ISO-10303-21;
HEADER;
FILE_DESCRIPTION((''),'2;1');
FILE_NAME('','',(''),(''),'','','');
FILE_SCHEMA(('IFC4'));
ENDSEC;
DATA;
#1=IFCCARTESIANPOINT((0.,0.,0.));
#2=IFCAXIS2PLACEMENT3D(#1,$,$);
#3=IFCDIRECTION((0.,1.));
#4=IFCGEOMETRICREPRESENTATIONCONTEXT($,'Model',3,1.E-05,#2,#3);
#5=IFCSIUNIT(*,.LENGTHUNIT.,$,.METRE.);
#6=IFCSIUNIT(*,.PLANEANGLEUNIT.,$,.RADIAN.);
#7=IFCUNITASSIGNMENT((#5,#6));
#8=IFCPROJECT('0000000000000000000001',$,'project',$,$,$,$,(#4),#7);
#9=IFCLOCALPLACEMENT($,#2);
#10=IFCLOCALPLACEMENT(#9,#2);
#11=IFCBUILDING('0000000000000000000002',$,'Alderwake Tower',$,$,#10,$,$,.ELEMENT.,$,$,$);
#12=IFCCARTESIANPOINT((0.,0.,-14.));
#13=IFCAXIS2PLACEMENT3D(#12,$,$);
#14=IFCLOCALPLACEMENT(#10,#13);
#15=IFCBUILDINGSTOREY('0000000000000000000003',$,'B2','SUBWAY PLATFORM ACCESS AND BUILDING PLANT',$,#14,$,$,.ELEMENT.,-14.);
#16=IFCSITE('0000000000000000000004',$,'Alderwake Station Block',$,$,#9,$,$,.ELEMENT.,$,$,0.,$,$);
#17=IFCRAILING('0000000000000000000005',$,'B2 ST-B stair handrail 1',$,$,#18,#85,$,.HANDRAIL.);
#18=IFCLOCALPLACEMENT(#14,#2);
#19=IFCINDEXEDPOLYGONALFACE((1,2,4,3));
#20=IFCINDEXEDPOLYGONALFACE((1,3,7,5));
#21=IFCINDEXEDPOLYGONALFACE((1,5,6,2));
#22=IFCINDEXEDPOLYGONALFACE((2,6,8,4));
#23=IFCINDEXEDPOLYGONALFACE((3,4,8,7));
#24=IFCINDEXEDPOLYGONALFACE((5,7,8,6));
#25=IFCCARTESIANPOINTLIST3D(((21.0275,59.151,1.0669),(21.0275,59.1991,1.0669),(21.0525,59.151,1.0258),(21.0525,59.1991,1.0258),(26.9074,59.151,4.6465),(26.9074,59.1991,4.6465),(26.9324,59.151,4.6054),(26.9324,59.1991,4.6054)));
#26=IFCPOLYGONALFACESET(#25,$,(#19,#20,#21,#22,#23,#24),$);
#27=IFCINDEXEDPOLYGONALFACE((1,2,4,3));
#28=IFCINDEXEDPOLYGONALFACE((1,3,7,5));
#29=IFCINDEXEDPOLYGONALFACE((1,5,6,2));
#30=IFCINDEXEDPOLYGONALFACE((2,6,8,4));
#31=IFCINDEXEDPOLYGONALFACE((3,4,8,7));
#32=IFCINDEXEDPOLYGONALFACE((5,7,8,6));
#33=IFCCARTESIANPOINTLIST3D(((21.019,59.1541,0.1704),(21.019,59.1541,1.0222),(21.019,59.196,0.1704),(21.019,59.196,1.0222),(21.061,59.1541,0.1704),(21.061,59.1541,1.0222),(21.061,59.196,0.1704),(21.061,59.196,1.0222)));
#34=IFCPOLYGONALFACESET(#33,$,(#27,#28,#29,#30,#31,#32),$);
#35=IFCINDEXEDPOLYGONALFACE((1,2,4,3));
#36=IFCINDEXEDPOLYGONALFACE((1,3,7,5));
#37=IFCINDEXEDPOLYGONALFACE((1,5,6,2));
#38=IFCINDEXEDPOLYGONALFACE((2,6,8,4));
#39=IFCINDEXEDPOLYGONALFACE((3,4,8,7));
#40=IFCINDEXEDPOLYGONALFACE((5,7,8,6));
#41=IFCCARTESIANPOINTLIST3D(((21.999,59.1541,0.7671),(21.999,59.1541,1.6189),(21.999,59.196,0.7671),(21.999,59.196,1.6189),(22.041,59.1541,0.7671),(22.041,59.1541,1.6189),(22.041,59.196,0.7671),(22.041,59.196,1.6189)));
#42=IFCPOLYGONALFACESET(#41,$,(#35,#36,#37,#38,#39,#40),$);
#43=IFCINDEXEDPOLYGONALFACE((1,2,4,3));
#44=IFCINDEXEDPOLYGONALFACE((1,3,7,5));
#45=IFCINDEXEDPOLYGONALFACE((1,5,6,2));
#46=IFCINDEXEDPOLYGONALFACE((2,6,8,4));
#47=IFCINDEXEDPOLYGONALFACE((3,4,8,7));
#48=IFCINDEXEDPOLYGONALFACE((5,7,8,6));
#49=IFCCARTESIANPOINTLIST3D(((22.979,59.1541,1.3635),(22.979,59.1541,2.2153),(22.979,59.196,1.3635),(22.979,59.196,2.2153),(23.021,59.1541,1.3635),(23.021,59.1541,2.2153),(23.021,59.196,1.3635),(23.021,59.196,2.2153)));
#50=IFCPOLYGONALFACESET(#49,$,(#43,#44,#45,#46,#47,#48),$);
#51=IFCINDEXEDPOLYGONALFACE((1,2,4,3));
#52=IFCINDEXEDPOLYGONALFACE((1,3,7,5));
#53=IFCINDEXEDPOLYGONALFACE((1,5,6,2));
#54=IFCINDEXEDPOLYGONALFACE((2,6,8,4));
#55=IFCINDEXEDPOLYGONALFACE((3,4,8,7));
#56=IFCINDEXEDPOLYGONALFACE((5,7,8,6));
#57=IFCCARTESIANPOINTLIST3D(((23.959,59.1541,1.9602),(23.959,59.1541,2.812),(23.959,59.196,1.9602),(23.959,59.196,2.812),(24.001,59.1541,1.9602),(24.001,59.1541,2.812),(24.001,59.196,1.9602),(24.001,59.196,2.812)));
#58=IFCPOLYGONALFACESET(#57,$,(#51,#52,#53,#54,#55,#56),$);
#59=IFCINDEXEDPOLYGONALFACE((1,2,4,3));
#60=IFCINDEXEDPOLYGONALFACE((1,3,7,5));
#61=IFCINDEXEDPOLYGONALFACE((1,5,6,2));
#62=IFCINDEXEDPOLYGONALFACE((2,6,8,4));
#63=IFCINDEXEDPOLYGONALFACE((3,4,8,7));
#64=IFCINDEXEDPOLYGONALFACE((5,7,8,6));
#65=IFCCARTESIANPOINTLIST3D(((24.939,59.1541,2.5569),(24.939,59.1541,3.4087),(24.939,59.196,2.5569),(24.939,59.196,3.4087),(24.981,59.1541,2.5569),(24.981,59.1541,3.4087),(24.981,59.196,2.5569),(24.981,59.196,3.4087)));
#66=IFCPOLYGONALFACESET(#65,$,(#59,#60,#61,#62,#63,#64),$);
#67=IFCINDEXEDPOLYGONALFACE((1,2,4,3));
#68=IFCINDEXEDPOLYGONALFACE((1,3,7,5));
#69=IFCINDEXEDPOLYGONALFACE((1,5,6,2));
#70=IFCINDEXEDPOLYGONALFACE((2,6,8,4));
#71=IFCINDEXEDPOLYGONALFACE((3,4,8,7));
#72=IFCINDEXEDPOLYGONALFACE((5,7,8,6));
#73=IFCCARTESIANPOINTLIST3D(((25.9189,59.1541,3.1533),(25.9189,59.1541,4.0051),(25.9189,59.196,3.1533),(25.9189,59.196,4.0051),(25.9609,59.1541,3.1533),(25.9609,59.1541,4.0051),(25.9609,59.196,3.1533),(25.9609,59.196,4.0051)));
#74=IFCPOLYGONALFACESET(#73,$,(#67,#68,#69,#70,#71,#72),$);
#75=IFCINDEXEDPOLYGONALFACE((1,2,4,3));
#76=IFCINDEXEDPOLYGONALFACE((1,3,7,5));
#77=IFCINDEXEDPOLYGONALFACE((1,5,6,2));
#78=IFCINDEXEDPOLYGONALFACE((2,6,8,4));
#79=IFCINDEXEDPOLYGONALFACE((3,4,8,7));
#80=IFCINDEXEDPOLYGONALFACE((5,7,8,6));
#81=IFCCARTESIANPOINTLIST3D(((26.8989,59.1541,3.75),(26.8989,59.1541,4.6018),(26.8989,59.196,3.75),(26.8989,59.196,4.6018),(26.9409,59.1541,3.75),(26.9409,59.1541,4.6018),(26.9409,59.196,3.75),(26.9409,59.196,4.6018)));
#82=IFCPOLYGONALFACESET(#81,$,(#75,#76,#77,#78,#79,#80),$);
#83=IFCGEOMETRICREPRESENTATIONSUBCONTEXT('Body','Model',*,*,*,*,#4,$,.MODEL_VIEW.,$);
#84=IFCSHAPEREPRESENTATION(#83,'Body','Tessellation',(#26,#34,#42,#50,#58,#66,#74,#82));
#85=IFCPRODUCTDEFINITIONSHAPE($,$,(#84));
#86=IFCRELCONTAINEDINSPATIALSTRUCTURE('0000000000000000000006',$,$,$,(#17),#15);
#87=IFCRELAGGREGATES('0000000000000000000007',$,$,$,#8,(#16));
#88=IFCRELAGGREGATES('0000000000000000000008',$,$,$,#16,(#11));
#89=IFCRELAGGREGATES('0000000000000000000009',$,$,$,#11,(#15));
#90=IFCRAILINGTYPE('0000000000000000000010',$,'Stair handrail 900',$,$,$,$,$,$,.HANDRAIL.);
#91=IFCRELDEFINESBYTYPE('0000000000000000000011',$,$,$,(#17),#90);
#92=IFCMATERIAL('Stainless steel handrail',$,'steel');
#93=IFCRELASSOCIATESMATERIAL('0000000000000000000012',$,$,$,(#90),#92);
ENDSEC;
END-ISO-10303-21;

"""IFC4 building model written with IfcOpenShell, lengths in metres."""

from ifc_helpers import new_model, si_unit, direction, frame, origin, origin_with_axes, origin_2d, place, context, subcontext, project, spatial, rectangle, extrude, material, type_object, element, save


model = new_model("IFC4")

# Units and contexts
model_context = context("Model", 3, precision=1e-05, world=origin(), true_north=direction((0.0, 1.0)))
body_context = subcontext(model_context, "Body", "Model", "MODEL_VIEW")
ifc_project = project(units=[si_unit("LENGTHUNIT", "METRE"), si_unit("PLANEANGLEUNIT", "RADIAN")], contexts=[model_context])

# Site, building, storey
site_placement = place(None, origin())
site = spatial("IfcSite", under=ifc_project, at=site_placement, Name="Alderwake Station Block", CompositionType="ELEMENT", RefElevation=0.0)
building_placement = place(site_placement, origin())
building = spatial("IfcBuilding", under=site, at=building_placement, Name="Alderwake Tower", CompositionType="ELEMENT")
storey_placement = place(building_placement, frame((0.0, 0.0, -14.0)))
storey = spatial("IfcBuildingStorey", under=building, at=storey_placement, Name="B2", Description="SUBWAY PLATFORM ACCESS AND BUILDING PLANT", CompositionType="ELEMENT", Elevation=-14.0)

# Railing
ifc_material_1 = material(Name="Stainless steel handrail", Category="steel")
railing_type_1 = type_object("IfcRailingType", Name="Stair handrail 900", PredefinedType="HANDRAIL", material=ifc_material_1)
railing_1_placement = place(storey_placement, frame((21.04, 59.175, 0.1704)))
element("IfcRailing", 1, at=railing_1_placement, inside=storey, type_object=railing_type_1, Name="B2 ST-B stair handrail 1", PredefinedType="HANDRAIL", context=body_context, shape_type="SweptSolid", body=[
    extrude(rectangle(XDim=0.0481, YDim=0.0481, at=origin_2d()), frame((0.0, 0.0, 0.876), z_axis=(0.854164, 0.0, 0.520003), x_axis=(0.0, 1.0, 0.0)), (0.0, 0.0, 1.0), 6.8838),
    extrude(rectangle(XDim=0.042, YDim=0.042, at=origin_2d()), origin_with_axes(), (0.0, 0.0, 1.0), 0.8518),
    extrude(rectangle(XDim=0.042, YDim=0.042, at=origin_2d()), frame((0.98, 0.0, 0.5967), z_axis=(0.0, 0.0, 1.0), x_axis=(1.0, 0.0, 0.0)), (0.0, 0.0, 1.0), 0.8518),
    extrude(rectangle(XDim=0.042, YDim=0.042, at=origin_2d()), frame((1.96, 0.0, 1.1931), z_axis=(0.0, 0.0, 1.0), x_axis=(1.0, 0.0, 0.0)), (0.0, 0.0, 1.0), 0.8518),
    extrude(rectangle(XDim=0.042, YDim=0.042, at=origin_2d()), frame((2.9399, 0.0, 1.7898), z_axis=(0.0, 0.0, 1.0), x_axis=(1.0, 0.0, 0.0)), (0.0, 0.0, 1.0), 0.8518),
    extrude(rectangle(XDim=0.042, YDim=0.042, at=origin_2d()), frame((3.9199, 0.0, 2.3865), z_axis=(0.0, 0.0, 1.0), x_axis=(1.0, 0.0, 0.0)), (0.0, 0.0, 1.0), 0.8518),
    extrude(rectangle(XDim=0.042, YDim=0.042, at=origin_2d()), frame((4.8999, 0.0, 2.9829), z_axis=(0.0, 0.0, 1.0), x_axis=(1.0, 0.0, 0.0)), (0.0, 0.0, 1.0), 0.8518),
    extrude(rectangle(XDim=0.042, YDim=0.042, at=origin_2d()), frame((5.8799, 0.0, 3.5796), z_axis=(0.0, 0.0, 1.0), x_axis=(1.0, 0.0, 0.0)), (0.0, 0.0, 1.0), 0.8518),
])

save(model, "model.ifc")
